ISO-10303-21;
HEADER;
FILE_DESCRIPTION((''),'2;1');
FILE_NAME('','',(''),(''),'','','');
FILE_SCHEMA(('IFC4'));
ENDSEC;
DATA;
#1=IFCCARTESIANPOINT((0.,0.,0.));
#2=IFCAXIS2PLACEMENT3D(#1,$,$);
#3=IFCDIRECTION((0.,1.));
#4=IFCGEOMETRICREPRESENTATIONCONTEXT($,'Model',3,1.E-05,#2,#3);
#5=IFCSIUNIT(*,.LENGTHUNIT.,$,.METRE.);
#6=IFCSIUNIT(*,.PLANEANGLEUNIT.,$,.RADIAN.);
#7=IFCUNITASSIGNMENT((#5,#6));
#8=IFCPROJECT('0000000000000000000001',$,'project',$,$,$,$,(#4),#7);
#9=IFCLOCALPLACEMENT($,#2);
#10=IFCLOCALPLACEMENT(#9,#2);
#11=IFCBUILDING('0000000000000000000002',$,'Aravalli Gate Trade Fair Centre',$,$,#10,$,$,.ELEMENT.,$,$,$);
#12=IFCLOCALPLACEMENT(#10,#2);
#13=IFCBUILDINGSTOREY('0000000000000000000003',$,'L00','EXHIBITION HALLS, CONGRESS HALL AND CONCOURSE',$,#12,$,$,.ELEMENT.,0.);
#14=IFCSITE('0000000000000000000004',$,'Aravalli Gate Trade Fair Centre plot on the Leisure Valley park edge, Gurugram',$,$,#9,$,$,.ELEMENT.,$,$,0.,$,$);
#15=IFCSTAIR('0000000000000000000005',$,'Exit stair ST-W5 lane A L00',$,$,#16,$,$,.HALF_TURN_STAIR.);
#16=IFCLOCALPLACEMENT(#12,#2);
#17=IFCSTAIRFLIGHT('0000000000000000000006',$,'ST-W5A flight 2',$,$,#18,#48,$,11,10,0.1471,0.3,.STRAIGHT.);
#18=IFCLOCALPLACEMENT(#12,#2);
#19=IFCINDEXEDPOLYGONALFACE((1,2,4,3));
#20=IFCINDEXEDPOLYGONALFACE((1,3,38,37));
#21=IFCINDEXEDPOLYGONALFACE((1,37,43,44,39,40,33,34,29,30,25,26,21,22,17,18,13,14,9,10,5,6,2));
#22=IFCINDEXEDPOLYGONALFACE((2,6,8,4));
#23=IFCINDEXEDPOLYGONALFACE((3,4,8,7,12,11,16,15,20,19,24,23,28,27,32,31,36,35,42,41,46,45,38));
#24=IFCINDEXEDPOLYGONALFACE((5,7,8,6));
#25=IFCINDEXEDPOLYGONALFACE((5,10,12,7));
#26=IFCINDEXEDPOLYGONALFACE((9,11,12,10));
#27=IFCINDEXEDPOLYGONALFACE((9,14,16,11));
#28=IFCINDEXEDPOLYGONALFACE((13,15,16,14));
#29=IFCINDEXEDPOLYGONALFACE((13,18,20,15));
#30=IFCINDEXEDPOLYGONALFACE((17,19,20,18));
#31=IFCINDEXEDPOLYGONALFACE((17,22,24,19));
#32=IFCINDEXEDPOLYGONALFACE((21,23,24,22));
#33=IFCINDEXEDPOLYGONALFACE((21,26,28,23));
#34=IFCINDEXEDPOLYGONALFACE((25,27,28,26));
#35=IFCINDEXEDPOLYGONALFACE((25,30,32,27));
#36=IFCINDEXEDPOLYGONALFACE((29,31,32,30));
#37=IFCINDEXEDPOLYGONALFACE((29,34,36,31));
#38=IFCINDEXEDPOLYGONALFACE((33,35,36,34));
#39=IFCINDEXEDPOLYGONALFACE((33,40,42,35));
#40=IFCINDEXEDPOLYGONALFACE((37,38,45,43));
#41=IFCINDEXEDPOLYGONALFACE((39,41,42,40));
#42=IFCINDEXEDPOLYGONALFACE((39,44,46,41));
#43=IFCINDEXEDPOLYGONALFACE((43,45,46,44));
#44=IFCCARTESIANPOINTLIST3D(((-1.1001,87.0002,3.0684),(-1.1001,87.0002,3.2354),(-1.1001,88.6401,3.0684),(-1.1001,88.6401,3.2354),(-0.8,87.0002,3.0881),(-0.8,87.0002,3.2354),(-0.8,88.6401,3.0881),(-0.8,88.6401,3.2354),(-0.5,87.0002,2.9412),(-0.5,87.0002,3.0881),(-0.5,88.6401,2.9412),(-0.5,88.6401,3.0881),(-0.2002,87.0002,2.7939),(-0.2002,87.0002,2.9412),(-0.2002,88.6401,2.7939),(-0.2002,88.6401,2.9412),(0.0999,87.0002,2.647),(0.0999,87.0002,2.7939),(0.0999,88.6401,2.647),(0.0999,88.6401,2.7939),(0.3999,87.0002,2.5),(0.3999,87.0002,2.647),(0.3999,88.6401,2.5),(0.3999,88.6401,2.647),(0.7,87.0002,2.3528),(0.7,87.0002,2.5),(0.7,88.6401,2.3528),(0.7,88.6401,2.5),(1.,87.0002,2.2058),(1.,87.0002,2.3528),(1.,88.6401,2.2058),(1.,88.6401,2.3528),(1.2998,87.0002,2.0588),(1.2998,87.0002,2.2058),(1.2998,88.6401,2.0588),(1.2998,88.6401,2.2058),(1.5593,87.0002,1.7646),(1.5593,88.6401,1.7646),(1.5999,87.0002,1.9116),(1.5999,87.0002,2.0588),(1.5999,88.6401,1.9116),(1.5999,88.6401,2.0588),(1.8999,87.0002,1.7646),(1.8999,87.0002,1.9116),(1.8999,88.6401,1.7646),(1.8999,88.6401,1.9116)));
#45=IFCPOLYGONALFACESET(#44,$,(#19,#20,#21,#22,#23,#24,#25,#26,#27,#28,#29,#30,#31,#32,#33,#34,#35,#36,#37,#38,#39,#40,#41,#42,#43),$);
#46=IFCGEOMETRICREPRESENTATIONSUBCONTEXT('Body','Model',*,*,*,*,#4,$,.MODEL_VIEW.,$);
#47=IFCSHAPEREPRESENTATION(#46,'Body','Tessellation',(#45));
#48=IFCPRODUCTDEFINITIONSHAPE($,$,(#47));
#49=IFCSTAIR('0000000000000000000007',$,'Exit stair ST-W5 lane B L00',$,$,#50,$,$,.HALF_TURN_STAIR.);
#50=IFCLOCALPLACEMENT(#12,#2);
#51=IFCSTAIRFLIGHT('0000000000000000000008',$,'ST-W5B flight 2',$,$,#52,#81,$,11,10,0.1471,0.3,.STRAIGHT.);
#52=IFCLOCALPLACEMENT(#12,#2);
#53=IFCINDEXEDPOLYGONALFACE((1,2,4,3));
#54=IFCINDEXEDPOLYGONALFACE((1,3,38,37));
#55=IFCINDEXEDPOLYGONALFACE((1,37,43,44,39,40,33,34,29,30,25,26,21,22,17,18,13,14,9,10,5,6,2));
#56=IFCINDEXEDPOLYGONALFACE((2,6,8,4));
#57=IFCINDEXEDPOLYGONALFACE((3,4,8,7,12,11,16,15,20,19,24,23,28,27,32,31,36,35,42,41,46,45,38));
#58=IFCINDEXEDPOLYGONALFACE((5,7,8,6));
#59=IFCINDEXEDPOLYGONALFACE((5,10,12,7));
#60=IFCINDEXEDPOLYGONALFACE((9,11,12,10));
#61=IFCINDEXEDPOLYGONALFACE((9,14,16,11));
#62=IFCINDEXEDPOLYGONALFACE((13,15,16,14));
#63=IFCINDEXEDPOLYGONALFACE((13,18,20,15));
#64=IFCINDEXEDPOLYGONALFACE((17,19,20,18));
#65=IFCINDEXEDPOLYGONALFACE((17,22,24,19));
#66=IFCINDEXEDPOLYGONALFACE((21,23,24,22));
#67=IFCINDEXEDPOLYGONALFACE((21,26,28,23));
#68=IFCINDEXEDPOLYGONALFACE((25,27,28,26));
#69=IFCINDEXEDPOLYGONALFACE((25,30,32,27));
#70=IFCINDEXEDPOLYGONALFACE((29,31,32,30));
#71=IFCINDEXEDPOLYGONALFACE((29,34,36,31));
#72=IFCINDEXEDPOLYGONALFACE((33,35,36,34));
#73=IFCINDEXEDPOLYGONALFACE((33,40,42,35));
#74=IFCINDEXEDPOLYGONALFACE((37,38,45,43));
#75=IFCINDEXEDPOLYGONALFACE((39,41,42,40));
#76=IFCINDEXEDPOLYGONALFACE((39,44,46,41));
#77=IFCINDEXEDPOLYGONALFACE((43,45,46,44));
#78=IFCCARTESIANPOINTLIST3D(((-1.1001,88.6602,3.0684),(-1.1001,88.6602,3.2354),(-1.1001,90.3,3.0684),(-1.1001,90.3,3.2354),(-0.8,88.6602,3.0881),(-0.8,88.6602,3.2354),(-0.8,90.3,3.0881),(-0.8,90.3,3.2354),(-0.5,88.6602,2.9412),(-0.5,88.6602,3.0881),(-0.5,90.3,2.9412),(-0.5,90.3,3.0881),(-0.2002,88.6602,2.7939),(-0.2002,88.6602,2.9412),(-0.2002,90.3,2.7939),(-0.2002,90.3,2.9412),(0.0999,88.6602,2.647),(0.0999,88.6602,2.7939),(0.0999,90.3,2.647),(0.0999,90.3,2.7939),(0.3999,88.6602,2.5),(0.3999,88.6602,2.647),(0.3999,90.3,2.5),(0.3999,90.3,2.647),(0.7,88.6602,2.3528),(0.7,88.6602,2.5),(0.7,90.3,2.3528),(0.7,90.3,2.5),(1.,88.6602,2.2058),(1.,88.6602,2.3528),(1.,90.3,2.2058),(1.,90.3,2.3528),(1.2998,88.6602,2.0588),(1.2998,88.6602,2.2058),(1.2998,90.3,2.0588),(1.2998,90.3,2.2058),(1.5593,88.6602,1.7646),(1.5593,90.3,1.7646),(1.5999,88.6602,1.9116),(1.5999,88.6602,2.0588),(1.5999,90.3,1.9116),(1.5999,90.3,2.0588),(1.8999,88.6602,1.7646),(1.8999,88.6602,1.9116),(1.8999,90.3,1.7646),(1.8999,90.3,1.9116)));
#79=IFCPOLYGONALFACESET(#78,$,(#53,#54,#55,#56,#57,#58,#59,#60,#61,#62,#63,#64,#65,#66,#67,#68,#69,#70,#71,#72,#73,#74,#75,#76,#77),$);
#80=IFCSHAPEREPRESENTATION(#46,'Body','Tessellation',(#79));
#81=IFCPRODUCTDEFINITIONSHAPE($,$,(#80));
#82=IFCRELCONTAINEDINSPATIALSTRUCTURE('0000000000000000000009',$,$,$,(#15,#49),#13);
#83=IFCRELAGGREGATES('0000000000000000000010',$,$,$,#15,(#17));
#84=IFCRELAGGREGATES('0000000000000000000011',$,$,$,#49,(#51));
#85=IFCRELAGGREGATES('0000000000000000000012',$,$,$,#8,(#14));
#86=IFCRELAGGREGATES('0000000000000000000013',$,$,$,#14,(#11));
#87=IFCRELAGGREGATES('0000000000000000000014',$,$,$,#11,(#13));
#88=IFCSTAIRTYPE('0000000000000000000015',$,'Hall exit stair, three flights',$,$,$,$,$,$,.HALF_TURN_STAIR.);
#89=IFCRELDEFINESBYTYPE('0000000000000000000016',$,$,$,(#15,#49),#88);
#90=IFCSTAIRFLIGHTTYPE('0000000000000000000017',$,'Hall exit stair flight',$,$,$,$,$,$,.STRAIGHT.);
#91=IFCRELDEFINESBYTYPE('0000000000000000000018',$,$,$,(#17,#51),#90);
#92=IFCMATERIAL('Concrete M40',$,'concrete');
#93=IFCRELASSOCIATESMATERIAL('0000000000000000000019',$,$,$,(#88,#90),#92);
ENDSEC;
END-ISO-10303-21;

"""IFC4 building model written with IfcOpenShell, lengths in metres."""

from ifc_helpers import new_model, si_unit, direction, frame, origin, place, context, subcontext, project, spatial, polyline, outline, extrude, material, type_object, element, aggregate, save


model = new_model("IFC4")

# Units and contexts
model_context = context("Model", 3, precision=1e-05, world=origin(), true_north=direction((0.0, 1.0)))
body_context = subcontext(model_context, "Body", "Model", "MODEL_VIEW")
ifc_project = project(units=[si_unit("LENGTHUNIT", "METRE"), si_unit("PLANEANGLEUNIT", "RADIAN")], contexts=[model_context])

# Site, building, storey
site_placement = place(None, origin())
site = spatial("IfcSite", under=ifc_project, at=site_placement, Name="Aravalli Gate Trade Fair Centre plot on the Leisure Valley park edge, Gurugram", CompositionType="ELEMENT", RefElevation=0.0)
building_placement = place(site_placement, origin())
building = spatial("IfcBuilding", under=site, at=building_placement, Name="Aravalli Gate Trade Fair Centre", CompositionType="ELEMENT")
storey_placement = place(building_placement, origin())
storey = spatial("IfcBuildingStorey", under=building, at=storey_placement, Name="L00", Description="EXHIBITION HALLS, CONGRESS HALL AND CONCOURSE", CompositionType="ELEMENT", Elevation=0.0)

# Shared definitions
ifc_material_1 = material(Name="Concrete M40", Category="concrete")

# Stairs, stair flights
stair_type = type_object("IfcStairType", Name="Hall exit stair, three flights", PredefinedType="HALF_TURN_STAIR", material=ifc_material_1)
stair_1_placement = place(storey_placement, origin())
stair_1 = element("IfcStair", 1, at=stair_1_placement, inside=storey, type_object=stair_type, Name="Exit stair ST-W5 lane A L00", PredefinedType="HALF_TURN_STAIR")
stair_flight_type = type_object("IfcStairFlightType", Name="Hall exit stair flight", PredefinedType="STRAIGHT", material=ifc_material_1)
stair_flight_1_placement = place(storey_placement, frame((1.8999, 87.8201, 1.7646), z_axis=(0.0, 0.0, 1.0), x_axis=(-1.0, 0.0, 0.0)))
stair_flight_1 = element("IfcStairFlight", 2, at=stair_flight_1_placement, type_object=stair_flight_type, Name="ST-W5A flight 2", NumberOfRisers=11, NumberOfTreads=10, PredefinedType="STRAIGHT", RiserHeight=0.1471, TreadLength=0.3, context=body_context, shape_type="SweptSolid", body=[
    extrude(outline(polyline([(0.0, 0.0), (0.0, 0.147), (0.3, 0.147), (0.3, 0.2942), (0.6001, 0.2942), (0.6001, 0.4412), (0.8999, 0.4412), (0.8999, 0.5881), (1.2, 0.5881), (1.2, 0.7354), (1.5, 0.7354), (1.5, 0.8823), (1.8, 0.8823), (1.8, 1.0293), (2.1001, 1.0293), (2.1001, 1.1765), (2.3999, 1.1765), (2.3999, 1.3235), (2.7, 1.3235), (2.7, 1.4707), (3.0, 1.4707), (3.0, 1.6177), (3.0, 1.3037), (0.3406, 0.0), (0.0, 0.0)])), frame((0.0, 0.8198, 0.0), z_axis=(0.0, -1.0, 0.0), x_axis=(1.0, 0.0, 0.0)), (0.0, 0.0, 1.0), 1.6399),
])
aggregate(stair_1, [stair_flight_1])
stair_2_placement = place(storey_placement, origin())
stair_2 = element("IfcStair", 3, at=stair_2_placement, inside=storey, type_object=stair_type, Name="Exit stair ST-W5 lane B L00", PredefinedType="HALF_TURN_STAIR")
stair_flight_2_placement = place(storey_placement, frame((1.8999, 89.48, 1.7646), z_axis=(0.0, 0.0, 1.0), x_axis=(-1.0, 0.0, 0.0)))
stair_flight_2 = element("IfcStairFlight", 4, at=stair_flight_2_placement, type_object=stair_flight_type, Name="ST-W5B flight 2", NumberOfRisers=11, NumberOfTreads=10, PredefinedType="STRAIGHT", RiserHeight=0.1471, TreadLength=0.3, context=body_context, shape_type="SweptSolid", body=[
    extrude(outline(polyline([(0.0, 0.0), (0.0, 0.147), (0.3, 0.147), (0.3, 0.2942), (0.6001, 0.2942), (0.6001, 0.4412), (0.8999, 0.4412), (0.8999, 0.5881), (1.2, 0.5881), (1.2, 0.7354), (1.5, 0.7354), (1.5, 0.8823), (1.8, 0.8823), (1.8, 1.0293), (2.1001, 1.0293), (2.1001, 1.1765), (2.3999, 1.1765), (2.3999, 1.3235), (2.7, 1.3235), (2.7, 1.4707), (3.0, 1.4707), (3.0, 1.6177), (3.0, 1.3037), (0.3406, 0.0), (0.0, 0.0)])), frame((0.0, 0.8198, 0.0), z_axis=(0.0, -1.0, 0.0), x_axis=(1.0, 0.0, 0.0)), (0.0, 0.0, 1.0), 1.6399),
])
aggregate(stair_2, [stair_flight_2])

save(model, "model.ifc")
